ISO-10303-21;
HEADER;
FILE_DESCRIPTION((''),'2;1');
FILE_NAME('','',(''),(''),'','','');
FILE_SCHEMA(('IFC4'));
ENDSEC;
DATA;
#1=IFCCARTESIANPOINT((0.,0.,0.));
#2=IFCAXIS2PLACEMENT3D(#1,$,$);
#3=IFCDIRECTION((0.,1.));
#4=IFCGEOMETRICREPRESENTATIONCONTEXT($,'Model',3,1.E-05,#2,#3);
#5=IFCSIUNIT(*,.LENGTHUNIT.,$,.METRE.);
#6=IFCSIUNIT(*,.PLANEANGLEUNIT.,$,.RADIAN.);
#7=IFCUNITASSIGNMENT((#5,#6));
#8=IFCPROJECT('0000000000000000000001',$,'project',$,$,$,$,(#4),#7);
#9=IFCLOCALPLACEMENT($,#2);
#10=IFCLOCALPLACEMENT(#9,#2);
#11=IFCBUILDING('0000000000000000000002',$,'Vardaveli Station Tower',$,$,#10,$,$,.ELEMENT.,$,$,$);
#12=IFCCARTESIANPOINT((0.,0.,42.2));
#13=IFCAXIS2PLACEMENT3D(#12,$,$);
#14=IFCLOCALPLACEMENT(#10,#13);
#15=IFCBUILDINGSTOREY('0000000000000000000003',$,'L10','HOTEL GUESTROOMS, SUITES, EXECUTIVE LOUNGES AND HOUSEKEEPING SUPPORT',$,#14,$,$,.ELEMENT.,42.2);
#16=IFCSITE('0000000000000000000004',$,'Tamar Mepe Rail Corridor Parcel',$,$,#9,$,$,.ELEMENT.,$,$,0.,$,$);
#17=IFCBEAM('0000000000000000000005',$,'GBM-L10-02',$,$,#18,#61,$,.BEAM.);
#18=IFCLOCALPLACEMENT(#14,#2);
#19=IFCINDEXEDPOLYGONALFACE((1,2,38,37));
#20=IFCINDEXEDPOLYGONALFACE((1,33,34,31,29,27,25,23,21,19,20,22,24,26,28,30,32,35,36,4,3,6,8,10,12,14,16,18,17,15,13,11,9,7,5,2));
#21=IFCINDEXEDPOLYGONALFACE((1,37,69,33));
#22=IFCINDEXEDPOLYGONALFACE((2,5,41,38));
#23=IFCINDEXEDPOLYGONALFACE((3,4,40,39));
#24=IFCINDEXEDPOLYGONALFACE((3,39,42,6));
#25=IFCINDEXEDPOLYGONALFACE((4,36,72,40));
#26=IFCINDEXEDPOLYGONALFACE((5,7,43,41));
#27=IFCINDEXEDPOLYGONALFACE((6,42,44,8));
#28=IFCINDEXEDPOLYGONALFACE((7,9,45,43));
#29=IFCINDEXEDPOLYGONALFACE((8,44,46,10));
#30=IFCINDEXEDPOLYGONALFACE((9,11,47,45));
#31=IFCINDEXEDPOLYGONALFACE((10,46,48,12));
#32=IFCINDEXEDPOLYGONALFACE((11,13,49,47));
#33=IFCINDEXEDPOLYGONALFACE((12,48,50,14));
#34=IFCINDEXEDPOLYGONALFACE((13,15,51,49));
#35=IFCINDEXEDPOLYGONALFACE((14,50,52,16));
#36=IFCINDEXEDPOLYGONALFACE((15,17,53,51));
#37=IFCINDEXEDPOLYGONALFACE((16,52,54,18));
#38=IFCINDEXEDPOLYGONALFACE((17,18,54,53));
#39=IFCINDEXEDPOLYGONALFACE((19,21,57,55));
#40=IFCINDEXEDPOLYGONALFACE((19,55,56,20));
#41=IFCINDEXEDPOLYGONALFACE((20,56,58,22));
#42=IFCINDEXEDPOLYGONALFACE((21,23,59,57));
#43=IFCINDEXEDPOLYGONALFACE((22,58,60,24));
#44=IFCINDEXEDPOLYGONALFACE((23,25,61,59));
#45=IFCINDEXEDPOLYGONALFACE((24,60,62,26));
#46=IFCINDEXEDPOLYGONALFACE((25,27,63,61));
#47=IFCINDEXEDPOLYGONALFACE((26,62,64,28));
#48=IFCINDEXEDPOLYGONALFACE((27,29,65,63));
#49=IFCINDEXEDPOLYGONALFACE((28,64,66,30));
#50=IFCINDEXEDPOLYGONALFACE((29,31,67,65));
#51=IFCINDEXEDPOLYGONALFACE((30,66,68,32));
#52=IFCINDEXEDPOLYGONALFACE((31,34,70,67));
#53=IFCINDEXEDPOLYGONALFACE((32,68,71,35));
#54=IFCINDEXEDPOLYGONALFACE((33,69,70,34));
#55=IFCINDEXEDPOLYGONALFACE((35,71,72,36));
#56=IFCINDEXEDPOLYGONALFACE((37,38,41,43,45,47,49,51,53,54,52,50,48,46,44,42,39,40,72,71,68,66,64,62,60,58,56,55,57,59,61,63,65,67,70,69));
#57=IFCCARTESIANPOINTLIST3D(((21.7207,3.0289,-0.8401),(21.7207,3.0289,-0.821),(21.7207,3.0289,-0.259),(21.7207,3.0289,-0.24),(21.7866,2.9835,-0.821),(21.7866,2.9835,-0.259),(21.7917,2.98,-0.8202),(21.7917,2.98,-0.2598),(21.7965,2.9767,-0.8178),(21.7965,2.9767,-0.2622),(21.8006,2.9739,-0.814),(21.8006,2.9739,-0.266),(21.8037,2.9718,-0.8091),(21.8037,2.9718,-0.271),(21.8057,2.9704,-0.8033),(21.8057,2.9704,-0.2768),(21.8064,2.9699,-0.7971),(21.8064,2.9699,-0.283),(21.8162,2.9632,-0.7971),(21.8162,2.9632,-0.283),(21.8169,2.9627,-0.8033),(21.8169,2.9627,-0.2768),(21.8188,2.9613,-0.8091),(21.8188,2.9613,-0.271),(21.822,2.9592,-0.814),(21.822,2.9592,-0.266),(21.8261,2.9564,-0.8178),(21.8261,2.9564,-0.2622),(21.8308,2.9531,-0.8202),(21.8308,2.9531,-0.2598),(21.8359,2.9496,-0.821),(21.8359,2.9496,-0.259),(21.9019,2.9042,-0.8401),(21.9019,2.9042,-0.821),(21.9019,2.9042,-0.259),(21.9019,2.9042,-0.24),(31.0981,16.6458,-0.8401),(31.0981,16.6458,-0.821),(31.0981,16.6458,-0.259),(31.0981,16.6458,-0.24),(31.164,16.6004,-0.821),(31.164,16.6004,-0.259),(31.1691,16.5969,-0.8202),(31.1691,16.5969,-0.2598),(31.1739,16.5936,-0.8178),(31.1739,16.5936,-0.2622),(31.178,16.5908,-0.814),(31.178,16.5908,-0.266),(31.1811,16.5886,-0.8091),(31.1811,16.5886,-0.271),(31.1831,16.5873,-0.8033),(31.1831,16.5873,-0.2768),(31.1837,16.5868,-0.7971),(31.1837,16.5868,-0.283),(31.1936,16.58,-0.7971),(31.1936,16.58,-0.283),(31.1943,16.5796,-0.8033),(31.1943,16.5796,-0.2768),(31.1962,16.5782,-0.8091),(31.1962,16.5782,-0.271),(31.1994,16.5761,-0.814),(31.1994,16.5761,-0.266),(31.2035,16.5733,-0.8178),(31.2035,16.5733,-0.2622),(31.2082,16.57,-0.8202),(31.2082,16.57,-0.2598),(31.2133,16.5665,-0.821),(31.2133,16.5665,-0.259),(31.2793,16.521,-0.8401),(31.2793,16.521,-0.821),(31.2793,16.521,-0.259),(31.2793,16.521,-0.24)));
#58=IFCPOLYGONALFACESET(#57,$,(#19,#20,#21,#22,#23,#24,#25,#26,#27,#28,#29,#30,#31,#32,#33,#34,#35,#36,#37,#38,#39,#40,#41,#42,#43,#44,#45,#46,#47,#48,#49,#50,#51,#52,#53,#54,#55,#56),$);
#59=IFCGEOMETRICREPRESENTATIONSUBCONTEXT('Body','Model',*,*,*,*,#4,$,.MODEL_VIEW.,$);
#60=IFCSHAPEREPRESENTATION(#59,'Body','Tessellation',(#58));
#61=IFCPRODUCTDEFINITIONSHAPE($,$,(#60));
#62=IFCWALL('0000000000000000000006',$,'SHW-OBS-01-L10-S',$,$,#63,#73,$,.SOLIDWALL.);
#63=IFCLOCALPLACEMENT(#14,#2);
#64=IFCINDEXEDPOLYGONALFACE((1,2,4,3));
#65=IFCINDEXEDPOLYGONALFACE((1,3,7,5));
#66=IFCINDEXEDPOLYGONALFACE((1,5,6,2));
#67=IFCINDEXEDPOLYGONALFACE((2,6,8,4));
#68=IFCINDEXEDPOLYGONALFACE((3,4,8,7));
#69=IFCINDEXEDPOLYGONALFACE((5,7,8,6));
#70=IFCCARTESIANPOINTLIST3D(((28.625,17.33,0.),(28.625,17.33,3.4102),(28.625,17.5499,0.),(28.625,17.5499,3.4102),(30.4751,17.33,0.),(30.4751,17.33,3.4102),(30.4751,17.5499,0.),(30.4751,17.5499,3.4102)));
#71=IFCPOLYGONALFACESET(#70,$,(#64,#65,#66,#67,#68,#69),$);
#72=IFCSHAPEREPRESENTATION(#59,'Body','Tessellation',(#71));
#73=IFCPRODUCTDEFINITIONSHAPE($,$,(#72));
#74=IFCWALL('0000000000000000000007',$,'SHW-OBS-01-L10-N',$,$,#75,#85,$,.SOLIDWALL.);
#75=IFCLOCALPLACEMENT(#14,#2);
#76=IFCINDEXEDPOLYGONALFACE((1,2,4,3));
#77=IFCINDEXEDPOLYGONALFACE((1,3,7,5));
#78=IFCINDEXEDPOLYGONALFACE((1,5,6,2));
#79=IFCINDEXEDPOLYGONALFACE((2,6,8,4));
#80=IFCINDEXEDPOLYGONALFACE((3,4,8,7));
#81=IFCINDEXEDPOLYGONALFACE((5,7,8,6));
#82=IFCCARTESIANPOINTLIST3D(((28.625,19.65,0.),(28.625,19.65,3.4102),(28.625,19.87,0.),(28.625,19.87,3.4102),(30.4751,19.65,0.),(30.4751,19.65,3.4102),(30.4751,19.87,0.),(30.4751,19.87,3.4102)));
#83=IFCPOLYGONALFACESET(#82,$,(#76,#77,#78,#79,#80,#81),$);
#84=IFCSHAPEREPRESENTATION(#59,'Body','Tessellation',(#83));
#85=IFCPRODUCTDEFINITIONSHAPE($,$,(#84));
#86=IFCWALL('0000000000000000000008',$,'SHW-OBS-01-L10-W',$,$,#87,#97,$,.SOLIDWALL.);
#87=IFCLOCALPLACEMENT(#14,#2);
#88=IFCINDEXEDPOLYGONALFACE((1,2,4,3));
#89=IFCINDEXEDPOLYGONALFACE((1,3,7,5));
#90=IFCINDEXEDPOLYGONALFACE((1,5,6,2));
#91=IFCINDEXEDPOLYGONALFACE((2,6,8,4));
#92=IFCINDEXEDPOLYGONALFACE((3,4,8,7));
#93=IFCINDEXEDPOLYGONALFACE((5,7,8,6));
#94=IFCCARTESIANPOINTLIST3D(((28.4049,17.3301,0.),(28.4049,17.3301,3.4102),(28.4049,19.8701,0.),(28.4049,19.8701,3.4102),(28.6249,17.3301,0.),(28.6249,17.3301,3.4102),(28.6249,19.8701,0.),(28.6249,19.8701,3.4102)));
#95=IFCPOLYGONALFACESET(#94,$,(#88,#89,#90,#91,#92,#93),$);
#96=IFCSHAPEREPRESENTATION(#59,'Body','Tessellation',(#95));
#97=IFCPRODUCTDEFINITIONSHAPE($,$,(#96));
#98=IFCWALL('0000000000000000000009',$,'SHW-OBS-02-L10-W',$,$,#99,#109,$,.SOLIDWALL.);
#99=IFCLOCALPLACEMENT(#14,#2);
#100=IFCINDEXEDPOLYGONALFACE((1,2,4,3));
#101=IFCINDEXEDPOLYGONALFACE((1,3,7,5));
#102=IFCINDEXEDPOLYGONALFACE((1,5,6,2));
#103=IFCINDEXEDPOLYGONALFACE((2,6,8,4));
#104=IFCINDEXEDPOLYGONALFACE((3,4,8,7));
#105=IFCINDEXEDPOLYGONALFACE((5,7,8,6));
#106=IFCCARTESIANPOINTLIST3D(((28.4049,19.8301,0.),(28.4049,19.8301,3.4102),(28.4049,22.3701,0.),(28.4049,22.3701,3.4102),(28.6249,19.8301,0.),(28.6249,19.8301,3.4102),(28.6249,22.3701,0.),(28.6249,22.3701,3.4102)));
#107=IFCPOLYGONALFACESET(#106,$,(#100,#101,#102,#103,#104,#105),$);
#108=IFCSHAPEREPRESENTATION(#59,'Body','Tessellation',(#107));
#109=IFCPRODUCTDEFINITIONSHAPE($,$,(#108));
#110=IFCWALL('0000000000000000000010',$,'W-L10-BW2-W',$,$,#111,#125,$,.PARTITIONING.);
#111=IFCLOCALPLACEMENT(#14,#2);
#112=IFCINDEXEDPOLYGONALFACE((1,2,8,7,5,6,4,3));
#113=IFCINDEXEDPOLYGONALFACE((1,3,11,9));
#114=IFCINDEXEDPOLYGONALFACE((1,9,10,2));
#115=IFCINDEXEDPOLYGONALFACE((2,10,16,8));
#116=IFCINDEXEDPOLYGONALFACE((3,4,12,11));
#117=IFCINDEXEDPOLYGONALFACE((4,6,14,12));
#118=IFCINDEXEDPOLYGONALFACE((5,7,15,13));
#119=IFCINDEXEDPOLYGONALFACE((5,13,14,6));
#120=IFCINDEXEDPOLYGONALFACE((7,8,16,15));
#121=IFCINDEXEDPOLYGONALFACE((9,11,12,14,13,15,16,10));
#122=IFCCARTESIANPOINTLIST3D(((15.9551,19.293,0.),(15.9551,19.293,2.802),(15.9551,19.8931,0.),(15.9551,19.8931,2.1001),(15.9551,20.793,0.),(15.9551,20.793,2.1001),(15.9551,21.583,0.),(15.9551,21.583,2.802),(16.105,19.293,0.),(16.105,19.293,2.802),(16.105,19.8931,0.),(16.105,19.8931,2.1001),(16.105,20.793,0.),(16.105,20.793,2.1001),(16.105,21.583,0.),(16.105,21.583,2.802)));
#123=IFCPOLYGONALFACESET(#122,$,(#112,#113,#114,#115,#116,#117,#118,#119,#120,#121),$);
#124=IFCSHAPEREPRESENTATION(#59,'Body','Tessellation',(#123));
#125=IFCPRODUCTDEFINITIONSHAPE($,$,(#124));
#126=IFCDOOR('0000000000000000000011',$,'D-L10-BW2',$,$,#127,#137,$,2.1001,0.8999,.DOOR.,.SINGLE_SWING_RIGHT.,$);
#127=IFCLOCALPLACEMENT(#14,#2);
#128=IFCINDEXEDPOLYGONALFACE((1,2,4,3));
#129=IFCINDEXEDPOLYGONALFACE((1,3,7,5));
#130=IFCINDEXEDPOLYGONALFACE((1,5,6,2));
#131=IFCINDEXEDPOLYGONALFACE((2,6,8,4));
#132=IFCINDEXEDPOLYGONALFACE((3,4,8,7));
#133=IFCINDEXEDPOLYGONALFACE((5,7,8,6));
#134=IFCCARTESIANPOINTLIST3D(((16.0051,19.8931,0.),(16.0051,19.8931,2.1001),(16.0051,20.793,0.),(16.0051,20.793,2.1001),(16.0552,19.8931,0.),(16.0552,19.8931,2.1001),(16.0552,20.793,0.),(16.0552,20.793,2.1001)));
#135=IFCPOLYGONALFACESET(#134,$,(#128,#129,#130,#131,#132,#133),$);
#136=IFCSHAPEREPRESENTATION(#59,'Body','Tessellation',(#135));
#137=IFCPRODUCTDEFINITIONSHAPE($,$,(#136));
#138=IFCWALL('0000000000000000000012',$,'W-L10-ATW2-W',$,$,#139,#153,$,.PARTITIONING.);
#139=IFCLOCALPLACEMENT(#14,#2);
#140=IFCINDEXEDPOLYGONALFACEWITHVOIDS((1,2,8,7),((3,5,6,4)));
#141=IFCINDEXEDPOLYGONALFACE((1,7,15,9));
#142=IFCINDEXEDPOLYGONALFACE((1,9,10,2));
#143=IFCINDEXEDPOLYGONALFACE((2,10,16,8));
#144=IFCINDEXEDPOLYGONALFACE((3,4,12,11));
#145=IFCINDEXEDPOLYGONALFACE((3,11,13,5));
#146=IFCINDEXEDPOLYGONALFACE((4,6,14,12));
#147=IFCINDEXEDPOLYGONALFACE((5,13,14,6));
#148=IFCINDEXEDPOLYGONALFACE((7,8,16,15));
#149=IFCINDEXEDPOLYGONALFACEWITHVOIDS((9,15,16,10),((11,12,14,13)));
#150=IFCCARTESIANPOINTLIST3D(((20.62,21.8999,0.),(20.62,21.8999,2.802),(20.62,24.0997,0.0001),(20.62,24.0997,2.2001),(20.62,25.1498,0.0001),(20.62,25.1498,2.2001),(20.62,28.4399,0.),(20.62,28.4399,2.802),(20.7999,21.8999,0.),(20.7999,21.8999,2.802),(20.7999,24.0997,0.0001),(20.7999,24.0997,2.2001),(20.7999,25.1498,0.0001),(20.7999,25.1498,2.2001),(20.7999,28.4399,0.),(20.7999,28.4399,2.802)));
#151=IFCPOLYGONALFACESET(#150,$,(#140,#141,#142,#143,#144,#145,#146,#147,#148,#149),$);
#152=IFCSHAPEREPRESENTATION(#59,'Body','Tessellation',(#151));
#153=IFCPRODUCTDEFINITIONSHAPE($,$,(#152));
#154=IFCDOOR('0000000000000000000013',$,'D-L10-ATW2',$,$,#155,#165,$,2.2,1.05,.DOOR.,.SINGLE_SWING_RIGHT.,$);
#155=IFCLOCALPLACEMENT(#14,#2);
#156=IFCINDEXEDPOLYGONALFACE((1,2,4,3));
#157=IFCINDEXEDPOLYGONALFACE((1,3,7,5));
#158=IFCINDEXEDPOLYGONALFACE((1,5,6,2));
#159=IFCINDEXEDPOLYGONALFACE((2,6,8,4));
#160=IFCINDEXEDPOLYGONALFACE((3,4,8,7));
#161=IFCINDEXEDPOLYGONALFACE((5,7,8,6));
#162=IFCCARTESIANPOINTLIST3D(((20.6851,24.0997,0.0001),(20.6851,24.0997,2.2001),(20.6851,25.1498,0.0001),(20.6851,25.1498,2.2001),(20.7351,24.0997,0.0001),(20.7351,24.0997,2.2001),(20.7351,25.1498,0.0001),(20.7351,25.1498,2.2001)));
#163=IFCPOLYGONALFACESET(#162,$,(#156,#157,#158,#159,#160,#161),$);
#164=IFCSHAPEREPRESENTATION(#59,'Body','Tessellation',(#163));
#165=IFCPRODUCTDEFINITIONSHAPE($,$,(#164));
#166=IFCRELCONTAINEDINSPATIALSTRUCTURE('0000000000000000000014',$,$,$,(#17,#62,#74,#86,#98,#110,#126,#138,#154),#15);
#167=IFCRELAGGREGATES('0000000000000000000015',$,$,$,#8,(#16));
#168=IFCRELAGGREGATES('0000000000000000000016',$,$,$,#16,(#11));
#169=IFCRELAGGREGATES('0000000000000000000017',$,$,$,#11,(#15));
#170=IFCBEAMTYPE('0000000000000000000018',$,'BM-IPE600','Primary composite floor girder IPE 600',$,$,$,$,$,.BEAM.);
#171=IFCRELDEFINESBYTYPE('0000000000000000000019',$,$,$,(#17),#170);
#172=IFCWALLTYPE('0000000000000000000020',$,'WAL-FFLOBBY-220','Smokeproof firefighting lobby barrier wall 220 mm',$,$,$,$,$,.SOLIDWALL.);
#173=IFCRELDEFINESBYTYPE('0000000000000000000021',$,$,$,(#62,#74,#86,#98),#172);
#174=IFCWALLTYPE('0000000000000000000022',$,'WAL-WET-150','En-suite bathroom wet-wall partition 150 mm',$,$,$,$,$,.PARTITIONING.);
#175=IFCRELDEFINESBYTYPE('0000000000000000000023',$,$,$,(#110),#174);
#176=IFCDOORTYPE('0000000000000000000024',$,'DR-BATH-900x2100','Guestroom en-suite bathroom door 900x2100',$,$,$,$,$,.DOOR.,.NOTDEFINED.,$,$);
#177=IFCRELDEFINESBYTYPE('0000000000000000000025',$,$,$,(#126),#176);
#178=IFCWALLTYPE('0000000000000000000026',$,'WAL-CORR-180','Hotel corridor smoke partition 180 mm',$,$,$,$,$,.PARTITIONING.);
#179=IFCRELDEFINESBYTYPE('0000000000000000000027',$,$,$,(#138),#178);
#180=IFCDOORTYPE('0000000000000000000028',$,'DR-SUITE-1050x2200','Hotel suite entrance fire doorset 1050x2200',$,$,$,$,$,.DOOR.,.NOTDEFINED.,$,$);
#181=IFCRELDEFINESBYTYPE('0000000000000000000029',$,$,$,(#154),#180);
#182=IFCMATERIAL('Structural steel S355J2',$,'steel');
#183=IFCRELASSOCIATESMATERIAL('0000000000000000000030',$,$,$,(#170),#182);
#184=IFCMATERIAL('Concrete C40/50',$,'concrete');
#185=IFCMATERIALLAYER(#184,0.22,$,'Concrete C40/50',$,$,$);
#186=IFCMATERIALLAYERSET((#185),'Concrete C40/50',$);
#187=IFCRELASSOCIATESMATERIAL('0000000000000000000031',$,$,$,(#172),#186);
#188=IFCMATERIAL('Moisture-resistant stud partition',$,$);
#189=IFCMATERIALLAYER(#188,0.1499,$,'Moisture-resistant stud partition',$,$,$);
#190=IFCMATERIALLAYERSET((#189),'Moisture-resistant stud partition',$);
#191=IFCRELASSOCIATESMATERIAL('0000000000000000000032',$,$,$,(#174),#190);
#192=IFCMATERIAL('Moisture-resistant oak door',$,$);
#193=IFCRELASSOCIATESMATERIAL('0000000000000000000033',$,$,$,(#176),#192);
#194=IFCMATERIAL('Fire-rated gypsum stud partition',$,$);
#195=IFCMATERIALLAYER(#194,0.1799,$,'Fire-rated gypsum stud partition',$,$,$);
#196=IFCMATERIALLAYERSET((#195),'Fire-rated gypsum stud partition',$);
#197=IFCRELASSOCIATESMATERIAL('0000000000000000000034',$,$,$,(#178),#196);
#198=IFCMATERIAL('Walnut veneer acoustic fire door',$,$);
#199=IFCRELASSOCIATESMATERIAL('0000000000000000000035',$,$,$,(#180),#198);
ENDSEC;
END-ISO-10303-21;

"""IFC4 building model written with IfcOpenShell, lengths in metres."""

from ifc_helpers import new_model, si_unit, direction, frame, frame_2d, origin, origin_2d, place, context, subcontext, project, spatial, rectangle, i_section, extrude, source, transform, mapped, material, layer, layer_set, material_profile, profile_set, type_object, element, fill, save


model = new_model("IFC4")

# Units and contexts
model_context = context("Model", 3, precision=1e-05, world=origin(), true_north=direction((0.0, 1.0)))
body_context = subcontext(model_context, "Body", "Model", "MODEL_VIEW")
ifc_project = project(units=[si_unit("LENGTHUNIT", "METRE"), si_unit("PLANEANGLEUNIT", "RADIAN")], contexts=[model_context])

# Site, building, storey
site_placement = place(None, origin())
site = spatial("IfcSite", under=ifc_project, at=site_placement, Name="Tamar Mepe Rail Corridor Parcel", CompositionType="ELEMENT", RefElevation=0.0)
building_placement = place(site_placement, origin())
building = spatial("IfcBuilding", under=site, at=building_placement, Name="Vardaveli Station Tower", CompositionType="ELEMENT")
storey_placement = place(building_placement, frame((0.0, 0.0, 42.2)))
storey = spatial("IfcBuildingStorey", under=building, at=storey_placement, Name="L10", Description="HOTEL GUESTROOMS, SUITES, EXECUTIVE LOUNGES AND HOUSEKEEPING SUPPORT", CompositionType="ELEMENT", Elevation=42.2)

# Beam
ifc_material_1 = material(Name="Structural steel S355J2", Category="steel")
ifc_material_profile_1 = material_profile(ifc_material_1, i_section(OverallWidth=0.22, OverallDepth=0.6001, WebThickness=0.012, FlangeThickness=0.019, FilletRadius=0.0239, at=origin_2d()), Name="IPE 600")
ifc_profile_set_1 = profile_set([ifc_material_profile_1], Name="Structural steel S355J2")
beam_type_1 = type_object("IfcBeamType", Name="BM-IPE600", Description="Primary composite floor girder IPE 600", PredefinedType="BEAM", material=ifc_profile_set_1)
shared_shape_1 = source(origin(), body_context, "Body", "SweptSolid", [
    extrude(i_section(OverallWidth=0.22, OverallDepth=0.6001, WebThickness=0.012, FlangeThickness=0.019, FilletRadius=0.0239, at=origin_2d()), origin(), (0.0, 0.0, 1.0), 16.5334),
])
beam_1_placement = place(storey_placement, frame((21.8113, 2.9666, -0.54), z_axis=(0.567177, 0.823596, 0.0), x_axis=(-0.823596, 0.567177, 0.0)))
element("IfcBeam", 1, at=beam_1_placement, inside=storey, type_object=beam_type_1, Name="GBM-L10-02", PredefinedType="BEAM", context=body_context, shape_type="MappedRepresentation", body=[
    mapped(shared_shape_1, transform((0.0, 0.0, 0.0), scale=1.0)),
])

# Walls
ifc_material_2 = material(Name="Concrete C40/50", Category="concrete")
ifc_layer_1 = layer(ifc_material_2, 0.22, Name="Concrete C40/50")
ifc_layer_set_1 = layer_set([ifc_layer_1], Name="Concrete C40/50")
wall_type_1 = type_object("IfcWallType", Name="WAL-FFLOBBY-220", Description="Smokeproof firefighting lobby barrier wall 220 mm", PredefinedType="SOLIDWALL", material=ifc_layer_set_1)
shared_shape_2 = source(origin(), body_context, "Body", "SweptSolid", [
    extrude(rectangle(XDim=1.8501, YDim=0.22, at=frame_2d((0.925, 0.0))), origin(), (0.0, 0.0, 1.0), 3.4102),
])
for number, where, z_axis, x_axis, name in (
    (2, (28.625, 17.4399, 0.0), (0.0, 0.0, 1.0), (1.0, 0.0, 0.0), "SHW-OBS-01-L10-S"),
    (3, (28.625, 19.76, 0.0), (0.0, 0.0, 1.0), (1.0, 0.0, 0.0), "SHW-OBS-01-L10-N"),
):
    element("IfcWall", number, at=place(storey_placement, frame(where, z_axis=z_axis, x_axis=x_axis)), inside=storey, type_object=wall_type_1, Name=name, PredefinedType="SOLIDWALL", context=body_context, shape_type="MappedRepresentation", body=[
        mapped(shared_shape_2, transform((0.0, 0.0, 0.0), scale=1.0)),
    ])
shared_shape_3 = source(origin(), body_context, "Body", "SweptSolid", [
    extrude(rectangle(XDim=2.54, YDim=0.22, at=frame_2d((1.27, 0.0))), origin(), (0.0, 0.0, 1.0), 3.4102),
])
for number, where, z_axis, x_axis, name in (
    (4, (28.5149, 17.3301, 0.0), (0.0, 0.0, 1.0), (0.0, 1.0, 0.0), "SHW-OBS-01-L10-W"),
    (5, (28.5149, 19.8301, 0.0), (0.0, 0.0, 1.0), (0.0, 1.0, 0.0), "SHW-OBS-02-L10-W"),
):
    element("IfcWall", number, at=place(storey_placement, frame(where, z_axis=z_axis, x_axis=x_axis)), inside=storey, type_object=wall_type_1, Name=name, PredefinedType="SOLIDWALL", context=body_context, shape_type="MappedRepresentation", body=[
        mapped(shared_shape_3, transform((0.0, 0.0, 0.0), scale=1.0)),
    ])

# Walls, openings, doors
ifc_material_3 = material(Name="Moisture-resistant stud partition")
ifc_layer_2 = layer(ifc_material_3, 0.1499, Name="Moisture-resistant stud partition")
ifc_layer_set_2 = layer_set([ifc_layer_2], Name="Moisture-resistant stud partition")
wall_type_2 = type_object("IfcWallType", Name="WAL-WET-150", Description="En-suite bathroom wet-wall partition 150 mm", PredefinedType="PARTITIONING", material=ifc_layer_set_2)
shared_shape_4 = source(origin(), body_context, "Body", "SweptSolid", [
    extrude(rectangle(XDim=2.29, YDim=0.1499, at=frame_2d((1.145, 0.0))), origin(), (0.0, 0.0, 1.0), 2.802),
])
wall_1_placement = place(storey_placement, frame((16.03, 19.293, 0.0), z_axis=(0.0, 0.0, 1.0), x_axis=(0.0, 1.0, 0.0)))
wall_1 = element("IfcWall", 6, at=wall_1_placement, inside=storey, type_object=wall_type_2, Name="W-L10-BW2-W", PredefinedType="PARTITIONING", context=body_context, shape_type="MappedRepresentation", body=[
    mapped(shared_shape_4, transform((0.0, 0.0, 0.0), scale=1.0)),
])
shared_shape_5 = source(origin(), body_context, "Body", "SweptSolid", [
    extrude(rectangle(XDim=0.8999, YDim=2.1001, at=frame_2d((0.45, 1.05))), frame((0.0, 0.085, 0.0), z_axis=(0.0, -1.0, 0.0), x_axis=(1.0, 0.0, 0.0)), (0.0, 0.0, 1.0), 0.1699),
])
opening_1_placement = place(wall_1_placement, frame((0.6001, 0.0, 0.0)))
opening_1 = element("IfcOpeningElement", 7, at=opening_1_placement, cuts=wall_1, PredefinedType="OPENING", context=body_context, shape_type="MappedRepresentation", body=[
    mapped(shared_shape_5, transform((0.0, 0.0, 0.0), scale=1.0)),
])
ifc_material_4 = material(Name="Moisture-resistant oak door")
door_type_1 = type_object("IfcDoorType", Name="DR-BATH-900x2100", Description="Guestroom en-suite bathroom door 900x2100", OperationType="NOTDEFINED", PredefinedType="DOOR", material=ifc_material_4)
shared_shape_6 = source(origin(), body_context, "Body", "SweptSolid", [
    extrude(rectangle(XDim=0.8999, YDim=2.1001, at=frame_2d((0.45, 1.05))), frame((0.0, 0.0249, 0.0), z_axis=(0.0, -1.0, 0.0), x_axis=(1.0, 0.0, 0.0)), (0.0, 0.0, 1.0), 0.05),
])
door_1_placement = place(opening_1_placement, origin())
door_1 = element("IfcDoor", 8, at=door_1_placement, inside=storey, type_object=door_type_1, Name="D-L10-BW2", OperationType="SINGLE_SWING_RIGHT", OverallHeight=2.1001, OverallWidth=0.8999, PredefinedType="DOOR", context=body_context, shape_type="MappedRepresentation", body=[
    mapped(shared_shape_6, transform((0.0, 0.0, 0.0), scale=1.0)),
])
fill(opening_1, door_1)
ifc_material_5 = material(Name="Fire-rated gypsum stud partition")
ifc_layer_3 = layer(ifc_material_5, 0.1799, Name="Fire-rated gypsum stud partition")
ifc_layer_set_3 = layer_set([ifc_layer_3], Name="Fire-rated gypsum stud partition")
wall_type_3 = type_object("IfcWallType", Name="WAL-CORR-180", Description="Hotel corridor smoke partition 180 mm", PredefinedType="PARTITIONING", material=ifc_layer_set_3)
shared_shape_7 = source(origin(), body_context, "Body", "SweptSolid", [
    extrude(rectangle(XDim=6.54, YDim=0.1799, at=frame_2d((3.27, 0.0))), origin(), (0.0, 0.0, 1.0), 2.802),
])
wall_2_placement = place(storey_placement, frame((20.71, 21.8999, 0.0), z_axis=(0.0, 0.0, 1.0), x_axis=(0.0, 1.0, 0.0)))
wall_2 = element("IfcWall", 9, at=wall_2_placement, inside=storey, type_object=wall_type_3, Name="W-L10-ATW2-W", PredefinedType="PARTITIONING", context=body_context, shape_type="MappedRepresentation", body=[
    mapped(shared_shape_7, transform((0.0, 0.0, 0.0), scale=1.0)),
])
shared_shape_8 = source(origin(), body_context, "Body", "SweptSolid", [
    extrude(rectangle(XDim=1.05, YDim=2.2, at=frame_2d((0.5249, 1.1001))), frame((0.0, 0.1001, 0.0), z_axis=(0.0, -1.0, 0.0), x_axis=(1.0, 0.0, 0.0)), (0.0, 0.0, 1.0), 0.2),
])
opening_2_placement = place(wall_2_placement, frame((2.2, 0.0, 0.0)))
opening_2 = element("IfcOpeningElement", 10, at=opening_2_placement, cuts=wall_2, PredefinedType="OPENING", context=body_context, shape_type="MappedRepresentation", body=[
    mapped(shared_shape_8, transform((0.0, 0.0, 0.0), scale=1.0)),
])
ifc_material_6 = material(Name="Walnut veneer acoustic fire door")
door_type_2 = type_object("IfcDoorType", Name="DR-SUITE-1050x2200", Description="Hotel suite entrance fire doorset 1050x2200", OperationType="NOTDEFINED", PredefinedType="DOOR", material=ifc_material_6)
shared_shape_9 = source(origin(), body_context, "Body", "SweptSolid", [
    extrude(rectangle(XDim=1.05, YDim=2.2, at=frame_2d((0.5249, 1.1001))), frame((0.0, 0.0249, 0.0), z_axis=(0.0, -1.0, 0.0), x_axis=(1.0, 0.0, 0.0)), (0.0, 0.0, 1.0), 0.05),
])
door_2_placement = place(opening_2_placement, origin())
door_2 = element("IfcDoor", 11, at=door_2_placement, inside=storey, type_object=door_type_2, Name="D-L10-ATW2", OperationType="SINGLE_SWING_RIGHT", OverallHeight=2.2, OverallWidth=1.05, PredefinedType="DOOR", context=body_context, shape_type="MappedRepresentation", body=[
    mapped(shared_shape_9, transform((0.0, 0.0, 0.0), scale=1.0)),
])
fill(opening_2, door_2)

save(model, "model.ifc")
